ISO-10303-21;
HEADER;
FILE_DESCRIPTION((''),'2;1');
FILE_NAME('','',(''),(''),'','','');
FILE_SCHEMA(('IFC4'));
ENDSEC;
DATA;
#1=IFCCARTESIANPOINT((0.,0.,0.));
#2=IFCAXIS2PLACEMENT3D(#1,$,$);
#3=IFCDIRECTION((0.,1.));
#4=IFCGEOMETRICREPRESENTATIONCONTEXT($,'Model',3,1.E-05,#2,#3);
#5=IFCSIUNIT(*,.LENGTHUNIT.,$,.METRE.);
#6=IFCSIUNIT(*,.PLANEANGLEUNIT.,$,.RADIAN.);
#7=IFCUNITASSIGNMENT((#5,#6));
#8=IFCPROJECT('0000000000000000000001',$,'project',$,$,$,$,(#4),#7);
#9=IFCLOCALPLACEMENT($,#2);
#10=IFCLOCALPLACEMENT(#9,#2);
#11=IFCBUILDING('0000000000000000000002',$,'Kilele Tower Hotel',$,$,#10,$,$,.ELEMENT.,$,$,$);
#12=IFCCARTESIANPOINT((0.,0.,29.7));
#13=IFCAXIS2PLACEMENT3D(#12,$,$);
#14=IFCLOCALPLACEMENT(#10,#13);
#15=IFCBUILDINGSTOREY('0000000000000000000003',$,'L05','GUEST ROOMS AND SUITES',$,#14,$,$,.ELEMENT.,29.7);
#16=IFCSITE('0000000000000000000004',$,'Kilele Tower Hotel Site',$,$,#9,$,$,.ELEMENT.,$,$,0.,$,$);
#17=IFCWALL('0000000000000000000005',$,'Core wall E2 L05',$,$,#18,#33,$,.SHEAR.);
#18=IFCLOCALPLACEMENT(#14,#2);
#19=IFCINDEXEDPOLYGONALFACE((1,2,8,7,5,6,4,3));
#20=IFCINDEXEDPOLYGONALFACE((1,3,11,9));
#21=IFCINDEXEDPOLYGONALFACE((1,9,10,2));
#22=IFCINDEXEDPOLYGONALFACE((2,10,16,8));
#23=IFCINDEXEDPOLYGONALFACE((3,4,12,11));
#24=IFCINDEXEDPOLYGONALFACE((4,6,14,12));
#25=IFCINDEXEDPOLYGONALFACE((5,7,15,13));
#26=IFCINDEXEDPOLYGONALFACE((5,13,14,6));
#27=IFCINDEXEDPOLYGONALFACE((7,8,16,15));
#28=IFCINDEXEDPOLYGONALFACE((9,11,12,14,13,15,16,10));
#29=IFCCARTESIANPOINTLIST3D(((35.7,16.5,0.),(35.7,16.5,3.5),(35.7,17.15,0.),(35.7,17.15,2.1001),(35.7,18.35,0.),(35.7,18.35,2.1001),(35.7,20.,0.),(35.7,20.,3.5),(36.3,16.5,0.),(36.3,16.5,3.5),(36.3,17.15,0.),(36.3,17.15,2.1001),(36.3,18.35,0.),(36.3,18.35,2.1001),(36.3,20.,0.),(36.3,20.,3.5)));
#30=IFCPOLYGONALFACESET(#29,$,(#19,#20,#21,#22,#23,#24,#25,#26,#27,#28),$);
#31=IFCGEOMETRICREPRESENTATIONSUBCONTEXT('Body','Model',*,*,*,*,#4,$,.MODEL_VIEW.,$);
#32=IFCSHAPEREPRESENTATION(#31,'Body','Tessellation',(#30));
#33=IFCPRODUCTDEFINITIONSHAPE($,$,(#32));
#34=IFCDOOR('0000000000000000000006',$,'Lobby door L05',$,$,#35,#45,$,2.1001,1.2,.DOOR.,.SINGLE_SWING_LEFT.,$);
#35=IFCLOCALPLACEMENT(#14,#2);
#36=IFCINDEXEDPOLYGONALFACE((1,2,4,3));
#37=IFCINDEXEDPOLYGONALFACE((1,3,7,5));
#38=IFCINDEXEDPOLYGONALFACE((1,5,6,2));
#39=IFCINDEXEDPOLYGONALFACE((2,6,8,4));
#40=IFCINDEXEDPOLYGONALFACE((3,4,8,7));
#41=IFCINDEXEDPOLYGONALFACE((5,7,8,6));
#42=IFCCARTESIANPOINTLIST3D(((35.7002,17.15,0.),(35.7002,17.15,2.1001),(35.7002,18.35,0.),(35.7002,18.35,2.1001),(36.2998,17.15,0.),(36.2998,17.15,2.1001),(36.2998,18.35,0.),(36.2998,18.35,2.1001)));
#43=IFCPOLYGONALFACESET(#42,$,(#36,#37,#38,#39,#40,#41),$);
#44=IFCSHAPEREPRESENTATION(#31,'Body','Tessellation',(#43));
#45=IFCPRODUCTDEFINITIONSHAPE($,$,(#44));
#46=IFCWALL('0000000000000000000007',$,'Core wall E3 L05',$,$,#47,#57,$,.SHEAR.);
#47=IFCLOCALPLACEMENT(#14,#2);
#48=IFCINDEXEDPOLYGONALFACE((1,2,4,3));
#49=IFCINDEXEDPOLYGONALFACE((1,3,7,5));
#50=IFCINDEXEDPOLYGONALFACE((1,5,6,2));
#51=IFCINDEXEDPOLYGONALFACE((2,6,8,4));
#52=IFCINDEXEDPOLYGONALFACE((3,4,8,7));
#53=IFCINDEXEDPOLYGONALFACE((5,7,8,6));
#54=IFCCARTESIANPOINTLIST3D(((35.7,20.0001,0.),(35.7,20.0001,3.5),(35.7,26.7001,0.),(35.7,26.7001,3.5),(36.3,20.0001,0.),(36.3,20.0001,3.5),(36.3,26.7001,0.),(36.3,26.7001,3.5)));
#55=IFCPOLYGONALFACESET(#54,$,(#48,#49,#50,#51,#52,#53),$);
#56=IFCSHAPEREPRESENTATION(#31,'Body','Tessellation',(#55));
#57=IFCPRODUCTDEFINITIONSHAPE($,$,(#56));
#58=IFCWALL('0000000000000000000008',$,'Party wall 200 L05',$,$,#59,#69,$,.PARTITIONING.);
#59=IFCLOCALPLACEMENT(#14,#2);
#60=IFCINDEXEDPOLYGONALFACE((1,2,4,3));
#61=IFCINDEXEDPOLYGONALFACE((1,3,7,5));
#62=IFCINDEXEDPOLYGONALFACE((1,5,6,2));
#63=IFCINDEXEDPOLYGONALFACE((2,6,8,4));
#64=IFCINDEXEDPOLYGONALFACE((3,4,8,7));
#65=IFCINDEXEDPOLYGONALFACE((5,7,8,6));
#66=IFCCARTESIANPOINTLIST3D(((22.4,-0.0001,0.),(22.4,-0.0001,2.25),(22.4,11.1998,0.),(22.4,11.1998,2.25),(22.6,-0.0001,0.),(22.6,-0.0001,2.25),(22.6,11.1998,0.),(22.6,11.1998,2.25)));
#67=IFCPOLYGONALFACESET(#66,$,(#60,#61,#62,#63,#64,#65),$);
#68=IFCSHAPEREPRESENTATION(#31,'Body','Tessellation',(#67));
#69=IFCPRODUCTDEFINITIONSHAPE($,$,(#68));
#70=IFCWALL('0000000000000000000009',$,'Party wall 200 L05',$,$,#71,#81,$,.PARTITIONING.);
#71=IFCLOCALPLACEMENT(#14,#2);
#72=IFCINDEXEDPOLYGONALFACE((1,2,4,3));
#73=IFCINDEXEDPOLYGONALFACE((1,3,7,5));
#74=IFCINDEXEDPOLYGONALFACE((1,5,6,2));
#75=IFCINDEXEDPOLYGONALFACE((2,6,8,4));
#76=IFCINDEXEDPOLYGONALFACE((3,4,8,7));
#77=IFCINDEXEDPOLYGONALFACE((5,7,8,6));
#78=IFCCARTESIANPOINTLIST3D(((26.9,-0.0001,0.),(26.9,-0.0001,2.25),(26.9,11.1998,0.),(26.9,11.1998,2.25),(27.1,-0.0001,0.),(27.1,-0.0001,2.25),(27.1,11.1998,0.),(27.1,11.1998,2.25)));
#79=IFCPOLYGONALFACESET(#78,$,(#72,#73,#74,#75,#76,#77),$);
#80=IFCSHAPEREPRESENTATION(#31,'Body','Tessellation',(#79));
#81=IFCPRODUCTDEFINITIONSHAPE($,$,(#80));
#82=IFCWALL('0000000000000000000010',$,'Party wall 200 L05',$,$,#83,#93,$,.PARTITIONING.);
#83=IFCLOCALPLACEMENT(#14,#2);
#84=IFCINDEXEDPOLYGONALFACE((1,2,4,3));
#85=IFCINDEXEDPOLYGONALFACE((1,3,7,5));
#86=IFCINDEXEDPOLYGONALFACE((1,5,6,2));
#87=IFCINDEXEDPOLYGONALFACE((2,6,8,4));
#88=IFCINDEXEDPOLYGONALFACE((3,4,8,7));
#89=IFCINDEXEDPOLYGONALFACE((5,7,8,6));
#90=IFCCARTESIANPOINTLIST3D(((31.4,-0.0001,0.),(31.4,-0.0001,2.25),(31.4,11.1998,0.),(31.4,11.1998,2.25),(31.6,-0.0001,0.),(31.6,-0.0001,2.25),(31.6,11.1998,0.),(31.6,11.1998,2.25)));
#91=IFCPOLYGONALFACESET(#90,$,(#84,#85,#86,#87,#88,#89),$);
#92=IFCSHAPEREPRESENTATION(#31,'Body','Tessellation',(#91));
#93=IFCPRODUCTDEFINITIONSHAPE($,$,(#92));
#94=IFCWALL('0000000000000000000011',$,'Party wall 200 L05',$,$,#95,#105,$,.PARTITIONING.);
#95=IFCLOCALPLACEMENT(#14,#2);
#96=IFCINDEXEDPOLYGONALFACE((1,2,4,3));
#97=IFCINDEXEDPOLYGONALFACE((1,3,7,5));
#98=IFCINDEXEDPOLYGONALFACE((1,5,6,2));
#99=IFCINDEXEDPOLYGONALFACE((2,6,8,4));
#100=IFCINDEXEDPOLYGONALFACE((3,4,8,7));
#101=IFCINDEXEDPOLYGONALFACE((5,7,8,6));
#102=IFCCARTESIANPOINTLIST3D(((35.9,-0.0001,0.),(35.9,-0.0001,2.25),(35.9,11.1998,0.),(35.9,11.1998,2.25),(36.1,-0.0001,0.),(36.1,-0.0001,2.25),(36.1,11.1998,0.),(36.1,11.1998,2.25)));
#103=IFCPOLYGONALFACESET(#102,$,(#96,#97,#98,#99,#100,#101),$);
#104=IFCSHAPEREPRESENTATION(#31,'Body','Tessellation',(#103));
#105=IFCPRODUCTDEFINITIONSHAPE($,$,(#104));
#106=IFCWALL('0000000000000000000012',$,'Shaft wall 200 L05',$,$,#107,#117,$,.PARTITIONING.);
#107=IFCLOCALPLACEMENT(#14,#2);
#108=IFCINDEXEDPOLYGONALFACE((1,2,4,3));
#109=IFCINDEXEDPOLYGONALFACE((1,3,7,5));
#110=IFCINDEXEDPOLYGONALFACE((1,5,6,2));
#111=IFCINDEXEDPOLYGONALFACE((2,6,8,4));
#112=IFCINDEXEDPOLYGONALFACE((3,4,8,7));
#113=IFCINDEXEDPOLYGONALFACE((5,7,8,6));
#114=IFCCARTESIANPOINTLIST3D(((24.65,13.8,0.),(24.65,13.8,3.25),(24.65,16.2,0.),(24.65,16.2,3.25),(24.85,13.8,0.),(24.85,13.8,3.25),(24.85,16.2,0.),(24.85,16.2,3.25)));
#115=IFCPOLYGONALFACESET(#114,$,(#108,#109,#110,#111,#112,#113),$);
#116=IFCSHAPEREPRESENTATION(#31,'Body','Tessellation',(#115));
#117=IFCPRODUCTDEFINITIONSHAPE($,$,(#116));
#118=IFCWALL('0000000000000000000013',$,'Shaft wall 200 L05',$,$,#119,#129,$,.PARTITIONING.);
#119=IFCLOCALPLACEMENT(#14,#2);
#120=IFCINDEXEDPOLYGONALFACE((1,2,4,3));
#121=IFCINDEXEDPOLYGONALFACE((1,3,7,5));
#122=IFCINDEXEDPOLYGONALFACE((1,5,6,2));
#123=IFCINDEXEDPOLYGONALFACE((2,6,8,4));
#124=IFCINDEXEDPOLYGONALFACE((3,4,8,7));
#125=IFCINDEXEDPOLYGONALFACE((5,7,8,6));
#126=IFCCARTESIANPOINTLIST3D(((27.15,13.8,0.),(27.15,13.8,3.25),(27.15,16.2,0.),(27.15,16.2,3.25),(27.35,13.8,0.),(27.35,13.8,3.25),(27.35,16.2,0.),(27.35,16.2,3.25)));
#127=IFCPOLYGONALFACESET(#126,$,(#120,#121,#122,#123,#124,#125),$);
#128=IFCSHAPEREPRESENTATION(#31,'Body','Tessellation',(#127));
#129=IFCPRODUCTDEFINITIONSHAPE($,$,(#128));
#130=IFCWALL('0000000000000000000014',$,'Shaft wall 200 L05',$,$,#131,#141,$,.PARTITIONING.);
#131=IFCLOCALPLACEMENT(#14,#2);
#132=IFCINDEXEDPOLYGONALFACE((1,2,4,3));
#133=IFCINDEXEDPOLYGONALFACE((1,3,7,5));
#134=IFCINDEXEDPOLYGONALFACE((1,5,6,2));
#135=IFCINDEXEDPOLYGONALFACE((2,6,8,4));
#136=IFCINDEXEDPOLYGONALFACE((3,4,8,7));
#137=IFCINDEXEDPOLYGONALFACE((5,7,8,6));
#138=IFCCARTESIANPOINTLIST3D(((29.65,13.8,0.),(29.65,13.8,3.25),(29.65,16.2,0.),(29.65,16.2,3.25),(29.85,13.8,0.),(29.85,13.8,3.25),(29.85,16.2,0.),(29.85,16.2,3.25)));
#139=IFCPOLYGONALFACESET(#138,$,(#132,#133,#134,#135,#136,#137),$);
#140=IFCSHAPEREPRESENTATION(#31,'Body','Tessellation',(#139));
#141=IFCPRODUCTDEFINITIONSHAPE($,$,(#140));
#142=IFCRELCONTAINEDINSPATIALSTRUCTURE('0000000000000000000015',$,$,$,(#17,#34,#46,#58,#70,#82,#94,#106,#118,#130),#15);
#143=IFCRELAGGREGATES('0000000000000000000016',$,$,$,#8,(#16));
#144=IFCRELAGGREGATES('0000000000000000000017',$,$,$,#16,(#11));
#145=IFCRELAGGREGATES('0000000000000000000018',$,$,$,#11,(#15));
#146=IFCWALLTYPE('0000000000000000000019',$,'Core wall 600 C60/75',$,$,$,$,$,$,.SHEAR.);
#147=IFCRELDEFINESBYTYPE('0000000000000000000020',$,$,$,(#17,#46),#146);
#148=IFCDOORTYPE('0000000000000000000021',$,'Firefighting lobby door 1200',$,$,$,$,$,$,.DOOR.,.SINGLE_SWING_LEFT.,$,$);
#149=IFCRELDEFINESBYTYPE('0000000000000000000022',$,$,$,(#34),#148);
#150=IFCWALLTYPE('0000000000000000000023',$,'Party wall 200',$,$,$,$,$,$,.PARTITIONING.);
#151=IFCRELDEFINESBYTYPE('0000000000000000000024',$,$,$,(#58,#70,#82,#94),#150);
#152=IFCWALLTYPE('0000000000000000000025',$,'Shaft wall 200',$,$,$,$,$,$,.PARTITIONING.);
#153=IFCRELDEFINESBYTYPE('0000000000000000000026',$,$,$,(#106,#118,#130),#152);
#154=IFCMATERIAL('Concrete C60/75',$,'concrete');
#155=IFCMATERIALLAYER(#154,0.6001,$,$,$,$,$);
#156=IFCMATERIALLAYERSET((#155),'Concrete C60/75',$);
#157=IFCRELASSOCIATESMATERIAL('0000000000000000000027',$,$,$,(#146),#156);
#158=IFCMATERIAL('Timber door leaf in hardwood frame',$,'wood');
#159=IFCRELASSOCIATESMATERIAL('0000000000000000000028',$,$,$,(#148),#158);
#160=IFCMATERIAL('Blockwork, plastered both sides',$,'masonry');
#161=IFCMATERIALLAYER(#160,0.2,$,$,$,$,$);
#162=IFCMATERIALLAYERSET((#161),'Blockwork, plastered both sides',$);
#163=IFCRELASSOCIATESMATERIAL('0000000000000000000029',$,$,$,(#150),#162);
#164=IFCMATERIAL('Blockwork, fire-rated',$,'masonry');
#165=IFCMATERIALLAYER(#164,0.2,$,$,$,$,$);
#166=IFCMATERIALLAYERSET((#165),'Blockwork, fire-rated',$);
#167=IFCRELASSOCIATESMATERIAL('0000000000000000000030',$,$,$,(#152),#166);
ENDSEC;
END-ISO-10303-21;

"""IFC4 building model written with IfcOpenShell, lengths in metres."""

from ifc_helpers import new_model, si_unit, direction, frame, frame_2d, origin, place, context, subcontext, project, spatial, rectangle, extrude, material, layer, layer_set, type_object, element, fill, save


model = new_model("IFC4")

# Units and contexts
model_context = context("Model", 3, precision=1e-05, world=origin(), true_north=direction((0.0, 1.0)))
body_context = subcontext(model_context, "Body", "Model", "MODEL_VIEW")
ifc_project = project(units=[si_unit("LENGTHUNIT", "METRE"), si_unit("PLANEANGLEUNIT", "RADIAN")], contexts=[model_context])

# Site, building, storey
site_placement = place(None, origin())
site = spatial("IfcSite", under=ifc_project, at=site_placement, Name="Kilele Tower Hotel Site", CompositionType="ELEMENT", RefElevation=0.0)
building_placement = place(site_placement, origin())
building = spatial("IfcBuilding", under=site, at=building_placement, Name="Kilele Tower Hotel", CompositionType="ELEMENT")
storey_placement = place(building_placement, frame((0.0, 0.0, 29.7)))
storey = spatial("IfcBuildingStorey", under=building, at=storey_placement, Name="L05", Description="GUEST ROOMS AND SUITES", CompositionType="ELEMENT", Elevation=29.7)

# Shared definitions
ifc_material_1 = material(Name="Concrete C60/75", Category="concrete")
ifc_layer_1 = layer(ifc_material_1, 0.6001)
ifc_layer_set_1 = layer_set([ifc_layer_1], Name="Concrete C60/75")
wall_type_1 = type_object("IfcWallType", Name="Core wall 600 C60/75", PredefinedType="SHEAR", material=ifc_layer_set_1)
ifc_material_2 = material(Name="Timber door leaf in hardwood frame", Category="wood")
door_type_1 = type_object("IfcDoorType", Name="Firefighting lobby door 1200", OperationType="SINGLE_SWING_LEFT", PredefinedType="DOOR", material=ifc_material_2)

# Wall, opening, door
wall_1_placement = place(storey_placement, frame((36.0, 16.5, 0.0), z_axis=(0.0, 0.0, 1.0), x_axis=(0.0, 1.0, 0.0)))
wall_1 = element("IfcWall", 1, at=wall_1_placement, inside=storey, type_object=wall_type_1, Name="Core wall E2 L05", PredefinedType="SHEAR", context=body_context, shape_type="SweptSolid", body=[
    extrude(rectangle(XDim=3.5, YDim=0.6001, at=frame_2d((1.75, 0.0))), origin(), (0.0, 0.0, 1.0), 3.5),
])
opening_1_placement = place(wall_1_placement, frame((0.6499, 0.0, 0.0)))
opening_1 = element("IfcOpeningElement", 2, at=opening_1_placement, cuts=wall_1, PredefinedType="OPENING", context=body_context, shape_type="SweptSolid", body=[
    extrude(rectangle(XDim=1.2, YDim=2.1001, at=frame_2d((0.6001, 1.05))), frame((0.0, 0.3101, 0.0), z_axis=(0.0, -1.0, 0.0), x_axis=(1.0, 0.0, 0.0)), (0.0, 0.0, 1.0), 0.6201),
])
door_1_placement = place(opening_1_placement, origin())
door_1 = element("IfcDoor", 3, at=door_1_placement, inside=storey, type_object=door_type_1, Name="Lobby door L05", OperationType="SINGLE_SWING_LEFT", OverallHeight=2.1001, OverallWidth=1.2, PredefinedType="DOOR", context=body_context, shape_type="SweptSolid", body=[
    extrude(rectangle(XDim=1.2, YDim=2.1001, at=frame_2d((0.6001, 1.05))), frame((0.0, 0.2998, 0.0), z_axis=(0.0, -1.0, 0.0), x_axis=(1.0, 0.0, 0.0)), (0.0, 0.0, 1.0), 0.5996),
])
fill(opening_1, door_1)

# Walls
wall_2_placement = place(storey_placement, frame((36.0, 20.0, 0.0), z_axis=(0.0, 0.0, 1.0), x_axis=(0.0, 1.0, 0.0)))
element("IfcWall", 4, at=wall_2_placement, inside=storey, type_object=wall_type_1, Name="Core wall E3 L05", PredefinedType="SHEAR", context=body_context, shape_type="SweptSolid", body=[
    extrude(rectangle(XDim=6.7, YDim=0.6001, at=frame_2d((3.3501, 0.0))), origin(), (0.0, 0.0, 1.0), 3.5),
])
ifc_material_3 = material(Name="Blockwork, plastered both sides", Category="masonry")
ifc_layer_2 = layer(ifc_material_3, 0.2)
ifc_layer_set_2 = layer_set([ifc_layer_2], Name="Blockwork, plastered both sides")
wall_type_2 = type_object("IfcWallType", Name="Party wall 200", PredefinedType="PARTITIONING", material=ifc_layer_set_2)
for number, where, z_axis, x_axis, name in (
    (5, (22.5, 11.2, 0.0), (0.0, 0.0, 1.0), (0.0, -1.0, 0.0), "Party wall 200 L05"),
    (6, (27.0, 11.2, 0.0), (0.0, 0.0, 1.0), (0.0, -1.0, 0.0), "Party wall 200 L05"),
    (7, (31.5, 11.2, 0.0), (0.0, 0.0, 1.0), (0.0, -1.0, 0.0), "Party wall 200 L05"),
    (8, (36.0, 11.2, 0.0), (0.0, 0.0, 1.0), (0.0, -1.0, 0.0), "Party wall 200 L05"),
):
    element("IfcWall", number, at=place(storey_placement, frame(where, z_axis=z_axis, x_axis=x_axis)), inside=storey, type_object=wall_type_2, Name=name, PredefinedType="PARTITIONING", context=body_context, shape_type="SweptSolid", body=[
        extrude(rectangle(XDim=11.2, YDim=0.2, at=frame_2d((5.6001, 0.0))), origin(), (0.0, 0.0, 1.0), 2.25),
    ])
ifc_material_4 = material(Name="Blockwork, fire-rated", Category="masonry")
ifc_layer_3 = layer(ifc_material_4, 0.2)
ifc_layer_set_3 = layer_set([ifc_layer_3], Name="Blockwork, fire-rated")
wall_type_3 = type_object("IfcWallType", Name="Shaft wall 200", PredefinedType="PARTITIONING", material=ifc_layer_set_3)
for number, where, z_axis, x_axis, name in (
    (9, (24.75, 13.8, 0.0), (0.0, 0.0, 1.0), (0.0, 1.0, 0.0), "Shaft wall 200 L05"),
    (10, (27.25, 13.8, 0.0), (0.0, 0.0, 1.0), (0.0, 1.0, 0.0), "Shaft wall 200 L05"),
    (11, (29.75, 13.8, 0.0), (0.0, 0.0, 1.0), (0.0, 1.0, 0.0), "Shaft wall 200 L05"),
):
    element("IfcWall", number, at=place(storey_placement, frame(where, z_axis=z_axis, x_axis=x_axis)), inside=storey, type_object=wall_type_3, Name=name, PredefinedType="PARTITIONING", context=body_context, shape_type="SweptSolid", body=[
        extrude(rectangle(XDim=2.3999, YDim=0.2, at=frame_2d((1.2, 0.0))), origin(), (0.0, 0.0, 1.0), 3.25),
    ])

save(model, "model.ifc")
